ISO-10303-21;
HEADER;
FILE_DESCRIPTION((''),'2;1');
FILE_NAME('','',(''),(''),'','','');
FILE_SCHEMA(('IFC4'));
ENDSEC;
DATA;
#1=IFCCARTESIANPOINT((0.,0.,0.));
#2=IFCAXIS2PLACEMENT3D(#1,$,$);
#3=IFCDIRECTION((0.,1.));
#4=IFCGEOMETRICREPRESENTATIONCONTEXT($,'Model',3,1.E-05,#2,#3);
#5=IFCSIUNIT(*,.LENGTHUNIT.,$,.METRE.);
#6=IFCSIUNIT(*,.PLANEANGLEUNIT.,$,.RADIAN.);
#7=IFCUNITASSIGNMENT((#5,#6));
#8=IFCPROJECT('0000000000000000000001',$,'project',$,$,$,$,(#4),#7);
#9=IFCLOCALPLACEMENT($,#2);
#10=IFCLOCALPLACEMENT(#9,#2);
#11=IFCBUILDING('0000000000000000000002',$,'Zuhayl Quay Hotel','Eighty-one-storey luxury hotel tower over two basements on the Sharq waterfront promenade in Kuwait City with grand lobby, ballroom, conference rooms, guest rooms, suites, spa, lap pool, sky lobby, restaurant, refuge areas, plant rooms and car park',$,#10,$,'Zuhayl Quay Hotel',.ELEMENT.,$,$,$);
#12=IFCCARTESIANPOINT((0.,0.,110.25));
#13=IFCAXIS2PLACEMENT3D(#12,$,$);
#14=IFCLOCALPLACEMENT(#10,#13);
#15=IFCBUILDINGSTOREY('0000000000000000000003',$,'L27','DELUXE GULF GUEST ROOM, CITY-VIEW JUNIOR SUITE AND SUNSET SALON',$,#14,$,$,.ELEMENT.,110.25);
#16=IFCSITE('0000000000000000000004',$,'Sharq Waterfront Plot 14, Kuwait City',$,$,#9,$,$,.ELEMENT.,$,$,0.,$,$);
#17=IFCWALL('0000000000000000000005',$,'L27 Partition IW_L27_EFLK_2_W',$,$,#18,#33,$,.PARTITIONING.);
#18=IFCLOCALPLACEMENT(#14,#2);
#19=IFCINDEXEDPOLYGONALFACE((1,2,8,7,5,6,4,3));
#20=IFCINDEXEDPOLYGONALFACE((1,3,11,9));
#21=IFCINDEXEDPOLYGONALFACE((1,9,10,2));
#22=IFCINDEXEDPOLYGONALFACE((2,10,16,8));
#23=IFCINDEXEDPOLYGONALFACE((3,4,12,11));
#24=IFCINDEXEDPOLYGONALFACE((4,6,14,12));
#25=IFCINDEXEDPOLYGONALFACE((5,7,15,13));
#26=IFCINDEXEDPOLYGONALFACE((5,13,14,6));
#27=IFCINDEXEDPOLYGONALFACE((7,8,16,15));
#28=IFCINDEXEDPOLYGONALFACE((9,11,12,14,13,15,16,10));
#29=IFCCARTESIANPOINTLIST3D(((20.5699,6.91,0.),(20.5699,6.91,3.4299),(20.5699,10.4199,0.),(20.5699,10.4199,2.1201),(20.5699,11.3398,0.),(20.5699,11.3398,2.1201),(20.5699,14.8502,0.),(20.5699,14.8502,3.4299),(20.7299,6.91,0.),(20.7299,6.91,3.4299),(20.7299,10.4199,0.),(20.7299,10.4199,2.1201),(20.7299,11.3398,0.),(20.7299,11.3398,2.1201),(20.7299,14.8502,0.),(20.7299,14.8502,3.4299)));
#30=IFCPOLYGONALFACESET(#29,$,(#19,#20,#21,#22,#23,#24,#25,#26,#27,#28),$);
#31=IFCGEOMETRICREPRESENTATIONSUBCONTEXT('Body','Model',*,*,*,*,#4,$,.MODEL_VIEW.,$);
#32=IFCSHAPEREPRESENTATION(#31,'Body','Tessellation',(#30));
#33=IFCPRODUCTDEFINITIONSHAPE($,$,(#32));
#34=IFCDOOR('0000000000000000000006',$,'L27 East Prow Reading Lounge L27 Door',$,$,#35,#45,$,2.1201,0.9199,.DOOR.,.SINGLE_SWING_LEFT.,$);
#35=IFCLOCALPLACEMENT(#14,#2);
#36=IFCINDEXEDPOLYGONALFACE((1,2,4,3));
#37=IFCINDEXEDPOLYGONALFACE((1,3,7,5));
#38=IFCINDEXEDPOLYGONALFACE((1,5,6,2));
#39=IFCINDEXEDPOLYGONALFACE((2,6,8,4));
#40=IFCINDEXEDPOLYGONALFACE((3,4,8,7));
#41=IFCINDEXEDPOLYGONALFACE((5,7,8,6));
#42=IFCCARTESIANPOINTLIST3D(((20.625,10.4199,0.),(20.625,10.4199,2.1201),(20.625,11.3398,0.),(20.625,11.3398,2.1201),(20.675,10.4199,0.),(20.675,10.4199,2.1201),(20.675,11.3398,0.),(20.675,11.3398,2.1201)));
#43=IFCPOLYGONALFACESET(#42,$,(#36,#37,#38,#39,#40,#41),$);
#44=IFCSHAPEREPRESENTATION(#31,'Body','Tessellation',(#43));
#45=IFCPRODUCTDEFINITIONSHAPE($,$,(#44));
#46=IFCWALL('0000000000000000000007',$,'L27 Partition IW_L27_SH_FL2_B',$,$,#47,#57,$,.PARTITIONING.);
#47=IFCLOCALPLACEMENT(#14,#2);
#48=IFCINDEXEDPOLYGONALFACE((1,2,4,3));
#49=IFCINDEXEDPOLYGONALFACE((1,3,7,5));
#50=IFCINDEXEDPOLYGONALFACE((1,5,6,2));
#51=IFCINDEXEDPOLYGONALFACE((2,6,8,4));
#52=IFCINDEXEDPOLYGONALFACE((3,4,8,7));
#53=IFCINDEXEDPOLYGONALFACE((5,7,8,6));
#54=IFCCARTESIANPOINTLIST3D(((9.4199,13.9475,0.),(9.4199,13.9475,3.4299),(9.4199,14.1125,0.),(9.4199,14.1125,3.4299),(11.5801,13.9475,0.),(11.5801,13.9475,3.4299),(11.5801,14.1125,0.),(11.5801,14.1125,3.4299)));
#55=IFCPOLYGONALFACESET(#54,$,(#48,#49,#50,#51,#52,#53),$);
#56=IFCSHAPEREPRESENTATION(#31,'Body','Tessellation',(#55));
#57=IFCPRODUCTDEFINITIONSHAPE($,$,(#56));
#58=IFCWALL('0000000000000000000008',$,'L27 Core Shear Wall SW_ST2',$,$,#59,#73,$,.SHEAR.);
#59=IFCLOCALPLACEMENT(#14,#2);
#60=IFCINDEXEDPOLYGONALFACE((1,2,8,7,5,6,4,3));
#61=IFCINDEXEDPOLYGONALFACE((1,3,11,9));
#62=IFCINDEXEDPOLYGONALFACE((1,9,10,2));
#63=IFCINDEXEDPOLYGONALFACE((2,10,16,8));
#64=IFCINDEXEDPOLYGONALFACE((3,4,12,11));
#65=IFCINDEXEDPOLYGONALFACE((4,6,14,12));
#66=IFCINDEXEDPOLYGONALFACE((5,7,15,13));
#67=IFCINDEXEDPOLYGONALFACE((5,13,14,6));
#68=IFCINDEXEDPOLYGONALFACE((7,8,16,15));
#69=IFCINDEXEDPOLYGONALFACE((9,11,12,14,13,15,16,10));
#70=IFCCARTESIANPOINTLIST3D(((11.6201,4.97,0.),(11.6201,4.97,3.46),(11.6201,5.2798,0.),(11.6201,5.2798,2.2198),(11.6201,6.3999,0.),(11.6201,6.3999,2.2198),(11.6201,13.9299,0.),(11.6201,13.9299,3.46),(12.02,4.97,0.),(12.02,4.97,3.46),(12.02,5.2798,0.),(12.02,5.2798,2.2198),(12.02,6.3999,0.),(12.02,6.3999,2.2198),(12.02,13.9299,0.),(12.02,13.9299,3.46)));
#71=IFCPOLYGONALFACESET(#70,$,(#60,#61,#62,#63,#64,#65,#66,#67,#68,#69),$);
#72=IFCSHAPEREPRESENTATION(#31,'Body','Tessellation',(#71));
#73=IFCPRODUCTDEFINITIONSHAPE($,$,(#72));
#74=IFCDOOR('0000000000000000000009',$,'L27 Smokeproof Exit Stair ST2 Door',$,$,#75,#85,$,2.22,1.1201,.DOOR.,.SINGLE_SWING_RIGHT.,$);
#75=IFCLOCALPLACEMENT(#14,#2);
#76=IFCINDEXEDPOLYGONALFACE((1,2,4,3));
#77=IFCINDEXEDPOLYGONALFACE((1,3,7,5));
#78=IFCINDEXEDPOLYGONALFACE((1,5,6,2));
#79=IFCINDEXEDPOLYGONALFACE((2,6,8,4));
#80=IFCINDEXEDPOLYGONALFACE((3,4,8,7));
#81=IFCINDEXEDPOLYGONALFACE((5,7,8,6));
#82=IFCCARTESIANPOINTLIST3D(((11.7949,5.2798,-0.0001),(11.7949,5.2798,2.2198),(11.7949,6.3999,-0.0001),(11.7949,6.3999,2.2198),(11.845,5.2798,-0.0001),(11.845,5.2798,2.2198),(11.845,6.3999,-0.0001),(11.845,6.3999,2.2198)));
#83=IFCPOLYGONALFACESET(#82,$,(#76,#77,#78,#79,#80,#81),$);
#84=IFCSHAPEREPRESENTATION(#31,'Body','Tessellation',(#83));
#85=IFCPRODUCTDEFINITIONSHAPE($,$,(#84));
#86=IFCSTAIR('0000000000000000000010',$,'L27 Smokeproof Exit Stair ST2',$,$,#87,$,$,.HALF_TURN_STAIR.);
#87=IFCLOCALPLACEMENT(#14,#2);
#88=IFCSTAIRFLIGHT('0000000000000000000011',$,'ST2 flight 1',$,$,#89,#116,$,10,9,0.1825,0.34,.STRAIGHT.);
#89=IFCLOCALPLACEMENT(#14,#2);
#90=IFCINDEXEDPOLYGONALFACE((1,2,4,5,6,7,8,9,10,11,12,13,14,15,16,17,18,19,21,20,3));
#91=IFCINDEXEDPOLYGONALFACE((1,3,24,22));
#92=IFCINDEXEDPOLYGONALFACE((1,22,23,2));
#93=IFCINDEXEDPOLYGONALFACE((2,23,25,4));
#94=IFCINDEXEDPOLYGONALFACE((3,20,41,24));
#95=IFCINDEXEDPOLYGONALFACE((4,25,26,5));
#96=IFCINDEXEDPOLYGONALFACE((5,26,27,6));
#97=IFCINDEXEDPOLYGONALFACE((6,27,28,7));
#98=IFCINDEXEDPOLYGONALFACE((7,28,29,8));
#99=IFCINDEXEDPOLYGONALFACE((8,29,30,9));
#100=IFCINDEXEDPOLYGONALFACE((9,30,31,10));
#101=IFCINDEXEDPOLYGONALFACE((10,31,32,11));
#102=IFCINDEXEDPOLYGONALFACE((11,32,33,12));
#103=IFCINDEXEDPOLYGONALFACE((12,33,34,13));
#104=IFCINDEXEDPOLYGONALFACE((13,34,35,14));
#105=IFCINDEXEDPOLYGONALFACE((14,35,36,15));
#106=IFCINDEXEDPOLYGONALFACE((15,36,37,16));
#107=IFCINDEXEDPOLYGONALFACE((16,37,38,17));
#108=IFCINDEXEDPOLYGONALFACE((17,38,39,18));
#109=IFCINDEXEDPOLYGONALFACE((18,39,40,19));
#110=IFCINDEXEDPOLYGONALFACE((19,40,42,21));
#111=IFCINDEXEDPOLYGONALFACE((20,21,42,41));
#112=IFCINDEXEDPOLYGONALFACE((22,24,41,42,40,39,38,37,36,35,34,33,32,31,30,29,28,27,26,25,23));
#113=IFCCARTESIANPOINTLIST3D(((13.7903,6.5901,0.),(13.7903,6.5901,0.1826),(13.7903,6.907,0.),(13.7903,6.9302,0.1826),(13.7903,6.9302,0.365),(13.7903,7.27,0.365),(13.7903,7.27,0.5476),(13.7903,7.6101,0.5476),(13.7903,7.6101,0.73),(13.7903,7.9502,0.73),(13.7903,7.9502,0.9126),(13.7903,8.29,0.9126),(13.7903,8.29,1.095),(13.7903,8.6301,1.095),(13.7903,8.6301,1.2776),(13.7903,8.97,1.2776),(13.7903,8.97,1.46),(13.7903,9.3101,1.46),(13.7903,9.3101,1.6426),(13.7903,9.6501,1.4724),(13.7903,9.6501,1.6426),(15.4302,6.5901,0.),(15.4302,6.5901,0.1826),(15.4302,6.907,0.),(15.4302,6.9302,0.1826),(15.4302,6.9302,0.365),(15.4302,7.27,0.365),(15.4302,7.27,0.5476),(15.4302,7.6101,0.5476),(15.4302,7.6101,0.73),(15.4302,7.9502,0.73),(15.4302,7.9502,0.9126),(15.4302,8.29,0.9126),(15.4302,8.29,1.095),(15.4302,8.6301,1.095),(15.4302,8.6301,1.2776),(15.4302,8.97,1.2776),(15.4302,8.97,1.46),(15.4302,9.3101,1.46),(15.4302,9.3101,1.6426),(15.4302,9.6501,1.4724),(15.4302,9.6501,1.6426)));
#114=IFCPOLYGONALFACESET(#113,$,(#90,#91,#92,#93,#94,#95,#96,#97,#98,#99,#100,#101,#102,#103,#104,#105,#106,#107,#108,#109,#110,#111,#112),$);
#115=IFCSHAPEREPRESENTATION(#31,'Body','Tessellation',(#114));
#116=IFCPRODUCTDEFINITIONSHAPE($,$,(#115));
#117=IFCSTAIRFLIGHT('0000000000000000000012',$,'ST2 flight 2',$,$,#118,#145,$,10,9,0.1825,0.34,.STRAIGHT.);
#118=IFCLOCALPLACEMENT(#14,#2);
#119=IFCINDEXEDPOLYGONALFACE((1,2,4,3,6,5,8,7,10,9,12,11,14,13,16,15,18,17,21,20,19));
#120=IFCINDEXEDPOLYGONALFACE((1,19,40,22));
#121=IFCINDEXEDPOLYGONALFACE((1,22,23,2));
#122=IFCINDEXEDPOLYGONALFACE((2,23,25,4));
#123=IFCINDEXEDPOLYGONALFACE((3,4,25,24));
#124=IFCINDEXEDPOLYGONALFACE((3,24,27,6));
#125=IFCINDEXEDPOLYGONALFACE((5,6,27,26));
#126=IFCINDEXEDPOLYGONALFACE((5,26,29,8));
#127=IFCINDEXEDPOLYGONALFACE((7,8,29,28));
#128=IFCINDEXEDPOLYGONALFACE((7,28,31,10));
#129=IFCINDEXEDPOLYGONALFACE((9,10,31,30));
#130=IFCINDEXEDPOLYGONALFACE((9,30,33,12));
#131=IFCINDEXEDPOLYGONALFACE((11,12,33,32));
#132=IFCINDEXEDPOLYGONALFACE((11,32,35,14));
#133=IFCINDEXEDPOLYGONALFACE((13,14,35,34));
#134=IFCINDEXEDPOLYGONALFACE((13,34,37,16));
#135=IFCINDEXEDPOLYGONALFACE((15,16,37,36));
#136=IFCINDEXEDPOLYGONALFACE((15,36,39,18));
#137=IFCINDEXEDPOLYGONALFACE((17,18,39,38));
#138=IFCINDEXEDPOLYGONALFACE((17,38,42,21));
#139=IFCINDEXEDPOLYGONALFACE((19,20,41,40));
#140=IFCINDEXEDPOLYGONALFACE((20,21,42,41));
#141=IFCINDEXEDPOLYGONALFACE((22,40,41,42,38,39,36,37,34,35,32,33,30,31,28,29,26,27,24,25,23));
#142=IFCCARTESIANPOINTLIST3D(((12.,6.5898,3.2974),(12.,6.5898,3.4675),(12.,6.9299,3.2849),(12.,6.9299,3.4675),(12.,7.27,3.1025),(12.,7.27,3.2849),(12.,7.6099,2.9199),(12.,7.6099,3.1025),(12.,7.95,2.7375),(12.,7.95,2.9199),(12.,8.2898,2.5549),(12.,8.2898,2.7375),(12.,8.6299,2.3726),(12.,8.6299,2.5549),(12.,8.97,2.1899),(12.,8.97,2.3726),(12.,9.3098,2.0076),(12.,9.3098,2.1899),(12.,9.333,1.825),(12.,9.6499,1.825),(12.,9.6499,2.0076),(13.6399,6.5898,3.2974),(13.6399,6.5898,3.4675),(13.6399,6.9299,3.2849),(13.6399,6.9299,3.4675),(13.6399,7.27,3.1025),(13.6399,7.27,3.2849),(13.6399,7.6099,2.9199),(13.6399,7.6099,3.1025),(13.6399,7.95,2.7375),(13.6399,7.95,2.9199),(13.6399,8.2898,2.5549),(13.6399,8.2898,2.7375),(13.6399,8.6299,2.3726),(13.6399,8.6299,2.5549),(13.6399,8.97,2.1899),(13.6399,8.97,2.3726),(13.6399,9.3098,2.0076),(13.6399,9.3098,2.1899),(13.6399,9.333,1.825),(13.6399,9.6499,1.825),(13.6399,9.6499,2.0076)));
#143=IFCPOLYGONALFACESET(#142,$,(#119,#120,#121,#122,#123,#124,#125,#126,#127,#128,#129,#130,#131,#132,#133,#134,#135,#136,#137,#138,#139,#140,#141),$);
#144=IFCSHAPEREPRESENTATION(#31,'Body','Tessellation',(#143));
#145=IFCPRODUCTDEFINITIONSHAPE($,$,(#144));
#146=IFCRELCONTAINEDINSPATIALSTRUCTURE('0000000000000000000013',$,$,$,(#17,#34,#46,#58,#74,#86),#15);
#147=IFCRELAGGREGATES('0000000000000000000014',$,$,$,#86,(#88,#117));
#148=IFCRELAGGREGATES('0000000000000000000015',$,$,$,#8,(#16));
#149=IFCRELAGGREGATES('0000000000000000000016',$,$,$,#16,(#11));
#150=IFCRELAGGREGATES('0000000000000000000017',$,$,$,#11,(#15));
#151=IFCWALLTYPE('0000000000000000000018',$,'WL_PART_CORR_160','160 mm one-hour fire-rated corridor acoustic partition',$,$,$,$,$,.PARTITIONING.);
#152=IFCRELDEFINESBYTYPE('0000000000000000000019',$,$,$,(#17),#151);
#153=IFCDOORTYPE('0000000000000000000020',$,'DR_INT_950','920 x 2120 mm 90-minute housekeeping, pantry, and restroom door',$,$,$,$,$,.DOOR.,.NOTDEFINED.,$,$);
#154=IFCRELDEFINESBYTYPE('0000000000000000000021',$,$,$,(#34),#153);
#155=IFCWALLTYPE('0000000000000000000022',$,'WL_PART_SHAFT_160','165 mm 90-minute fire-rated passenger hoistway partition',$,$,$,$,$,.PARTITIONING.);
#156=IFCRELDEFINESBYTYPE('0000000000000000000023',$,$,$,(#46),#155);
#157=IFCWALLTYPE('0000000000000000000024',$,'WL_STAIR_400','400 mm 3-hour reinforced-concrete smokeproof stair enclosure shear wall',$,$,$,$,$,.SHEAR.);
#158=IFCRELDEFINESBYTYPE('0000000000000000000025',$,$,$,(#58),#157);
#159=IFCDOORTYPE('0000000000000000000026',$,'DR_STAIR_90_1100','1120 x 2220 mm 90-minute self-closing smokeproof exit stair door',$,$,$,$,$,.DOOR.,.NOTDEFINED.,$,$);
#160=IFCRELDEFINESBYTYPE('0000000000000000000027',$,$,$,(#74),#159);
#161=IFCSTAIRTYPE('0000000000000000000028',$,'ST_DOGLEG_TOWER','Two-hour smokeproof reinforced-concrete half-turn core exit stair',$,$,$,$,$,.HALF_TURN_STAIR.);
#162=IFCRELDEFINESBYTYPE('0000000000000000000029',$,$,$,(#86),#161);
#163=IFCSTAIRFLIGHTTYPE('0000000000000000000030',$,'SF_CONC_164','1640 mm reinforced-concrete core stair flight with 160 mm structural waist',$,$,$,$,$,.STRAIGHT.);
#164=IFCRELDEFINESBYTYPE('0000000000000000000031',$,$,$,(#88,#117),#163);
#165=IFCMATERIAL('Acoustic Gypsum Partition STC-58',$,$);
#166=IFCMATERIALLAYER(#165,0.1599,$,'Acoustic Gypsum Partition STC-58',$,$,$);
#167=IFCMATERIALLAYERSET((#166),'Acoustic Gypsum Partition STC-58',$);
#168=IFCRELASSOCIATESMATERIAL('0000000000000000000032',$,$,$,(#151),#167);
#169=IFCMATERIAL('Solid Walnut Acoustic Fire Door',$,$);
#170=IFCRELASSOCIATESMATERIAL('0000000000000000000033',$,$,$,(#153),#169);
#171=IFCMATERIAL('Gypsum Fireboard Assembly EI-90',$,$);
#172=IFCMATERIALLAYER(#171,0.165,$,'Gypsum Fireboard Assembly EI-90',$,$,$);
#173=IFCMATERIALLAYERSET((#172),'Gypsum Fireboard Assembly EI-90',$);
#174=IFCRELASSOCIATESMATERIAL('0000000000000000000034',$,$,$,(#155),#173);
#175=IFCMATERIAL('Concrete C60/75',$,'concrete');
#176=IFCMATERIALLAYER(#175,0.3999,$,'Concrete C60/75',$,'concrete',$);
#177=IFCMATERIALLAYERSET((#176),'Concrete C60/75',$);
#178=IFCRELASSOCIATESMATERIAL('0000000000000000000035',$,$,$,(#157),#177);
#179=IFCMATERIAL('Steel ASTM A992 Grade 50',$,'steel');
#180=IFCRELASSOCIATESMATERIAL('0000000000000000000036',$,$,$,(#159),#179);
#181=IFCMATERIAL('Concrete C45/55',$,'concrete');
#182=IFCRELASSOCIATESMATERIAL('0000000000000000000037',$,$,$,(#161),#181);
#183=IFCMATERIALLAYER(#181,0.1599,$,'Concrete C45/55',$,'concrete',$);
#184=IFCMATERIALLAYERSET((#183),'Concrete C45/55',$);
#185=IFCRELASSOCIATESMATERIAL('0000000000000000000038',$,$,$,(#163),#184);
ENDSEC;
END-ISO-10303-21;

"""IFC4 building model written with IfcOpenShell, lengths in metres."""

from ifc_helpers import new_model, si_unit, direction, frame, frame_2d, origin, place, context, subcontext, project, spatial, polyline, rectangle, outline, extrude, material, layer, layer_set, type_object, element, fill, aggregate, save


model = new_model("IFC4")

# Units and contexts
model_context = context("Model", 3, precision=1e-05, world=origin(), true_north=direction((0.0, 1.0)))
body_context = subcontext(model_context, "Body", "Model", "MODEL_VIEW")
ifc_project = project(units=[si_unit("LENGTHUNIT", "METRE"), si_unit("PLANEANGLEUNIT", "RADIAN")], contexts=[model_context])

# Site, building, storey
site_placement = place(None, origin())
site = spatial("IfcSite", under=ifc_project, at=site_placement, Name="Sharq Waterfront Plot 14, Kuwait City", CompositionType="ELEMENT", RefElevation=0.0)
building_placement = place(site_placement, origin())
building = spatial("IfcBuilding", under=site, at=building_placement, Name="Zuhayl Quay Hotel", Description="Eighty-one-storey luxury hotel tower over two basements on the Sharq waterfront promenade in Kuwait City with grand lobby, ballroom, conference rooms, guest rooms, suites, spa, lap pool, sky lobby, restaurant, refuge areas, plant rooms and car park", LongName="Zuhayl Quay Hotel", CompositionType="ELEMENT")
storey_placement = place(building_placement, frame((0.0, 0.0, 110.25)))
storey = spatial("IfcBuildingStorey", under=building, at=storey_placement, Name="L27", Description="DELUXE GULF GUEST ROOM, CITY-VIEW JUNIOR SUITE AND SUNSET SALON", CompositionType="ELEMENT", Elevation=110.25)

# Shared definitions
ifc_material_1 = material(Name="Steel ASTM A992 Grade 50", Category="steel")

# Shared definitions
ifc_material_2 = material(Name="Concrete C60/75", Category="concrete")

# Shared definitions
ifc_material_3 = material(Name="Acoustic Gypsum Partition STC-58")

# Wall, opening, door
ifc_layer_1 = layer(ifc_material_3, 0.1599, Name="Acoustic Gypsum Partition STC-58")
ifc_layer_set_1 = layer_set([ifc_layer_1], Name="Acoustic Gypsum Partition STC-58")
wall_type_1 = type_object("IfcWallType", Name="WL_PART_CORR_160", Description="160 mm one-hour fire-rated corridor acoustic partition", PredefinedType="PARTITIONING", material=ifc_layer_set_1)
ifc_material_4 = material(Name="Solid Walnut Acoustic Fire Door")
wall_1_placement = place(storey_placement, frame((20.6499, 6.9099, 0.0), z_axis=(0.0, 0.0, 1.0), x_axis=(0.0, 1.0, 0.0)))
wall_1 = element("IfcWall", 1, at=wall_1_placement, inside=storey, type_object=wall_type_1, Name="L27 Partition IW_L27_EFLK_2_W", PredefinedType="PARTITIONING", context=body_context, shape_type="SweptSolid", body=[
    extrude(rectangle(XDim=7.9402, YDim=0.1599, at=frame_2d((3.9702, 0.0))), origin(), (0.0, 0.0, 1.0), 3.4299),
])
opening_1_placement = place(wall_1_placement, frame((3.51, 0.0, 0.0)))
opening_1 = element("IfcOpeningElement", 2, at=opening_1_placement, cuts=wall_1, PredefinedType="OPENING", context=body_context, shape_type="SweptSolid", body=[
    extrude(rectangle(XDim=0.9199, YDim=2.1201, at=frame_2d((0.46, 1.0601))), frame((0.0, 0.0898, 0.0), z_axis=(0.0, -1.0, 0.0), x_axis=(1.0, 0.0, 0.0)), (0.0, 0.0, 1.0), 0.1799),
])
door_type_1 = type_object("IfcDoorType", Name="DR_INT_950", Description="920 x 2120 mm 90-minute housekeeping, pantry, and restroom door", OperationType="NOTDEFINED", PredefinedType="DOOR", material=ifc_material_4)
door_1_placement = place(opening_1_placement, origin())
door_1 = element("IfcDoor", 3, at=door_1_placement, inside=storey, type_object=door_type_1, Name="L27 East Prow Reading Lounge L27 Door", OperationType="SINGLE_SWING_LEFT", OverallHeight=2.1201, OverallWidth=0.9199, PredefinedType="DOOR", context=body_context, shape_type="SweptSolid", body=[
    extrude(rectangle(XDim=0.9199, YDim=2.1201, at=frame_2d((0.46, 1.0601))), frame((0.0, 0.0249, 0.0), z_axis=(0.0, -1.0, 0.0), x_axis=(1.0, 0.0, 0.0)), (0.0, 0.0, 1.0), 0.05),
])
fill(opening_1, door_1)

# Wall
ifc_material_5 = material(Name="Gypsum Fireboard Assembly EI-90")
ifc_layer_2 = layer(ifc_material_5, 0.165, Name="Gypsum Fireboard Assembly EI-90")
ifc_layer_set_2 = layer_set([ifc_layer_2], Name="Gypsum Fireboard Assembly EI-90")
wall_type_2 = type_object("IfcWallType", Name="WL_PART_SHAFT_160", Description="165 mm 90-minute fire-rated passenger hoistway partition", PredefinedType="PARTITIONING", material=ifc_layer_set_2)
wall_2_placement = place(storey_placement, frame((9.4199, 14.03, 0.0), z_axis=(0.0, 0.0, 1.0), x_axis=(1.0, 0.0, 0.0)))
element("IfcWall", 4, at=wall_2_placement, inside=storey, type_object=wall_type_2, Name="L27 Partition IW_L27_SH_FL2_B", PredefinedType="PARTITIONING", context=body_context, shape_type="SweptSolid", body=[
    extrude(rectangle(XDim=2.1602, YDim=0.165, at=frame_2d((1.0801, 0.0))), origin(), (0.0, 0.0, 1.0), 3.4299),
])

# Wall, opening, door
ifc_layer_3 = layer(ifc_material_2, 0.3999, Name="Concrete C60/75", Category="concrete")
ifc_layer_set_3 = layer_set([ifc_layer_3], Name="Concrete C60/75")
wall_type_3 = type_object("IfcWallType", Name="WL_STAIR_400", Description="400 mm 3-hour reinforced-concrete smokeproof stair enclosure shear wall", PredefinedType="SHEAR", material=ifc_layer_set_3)
wall_3_placement = place(storey_placement, frame((11.8201, 13.9299, 0.0), z_axis=(0.0, 0.0, 1.0), x_axis=(0.0, -1.0, 0.0)))
wall_3 = element("IfcWall", 5, at=wall_3_placement, inside=storey, type_object=wall_type_3, Name="L27 Core Shear Wall SW_ST2", PredefinedType="SHEAR", context=body_context, shape_type="SweptSolid", body=[
    extrude(rectangle(XDim=8.96, YDim=0.3999, at=frame_2d((4.48, 0.0))), origin(), (0.0, 0.0, 1.0), 3.46),
])
opening_2_placement = place(wall_3_placement, frame((7.53, 0.0, 0.0)))
opening_2 = element("IfcOpeningElement", 6, at=opening_2_placement, cuts=wall_3, PredefinedType="OPENING", context=body_context, shape_type="SweptSolid", body=[
    extrude(rectangle(XDim=1.1201, YDim=2.22, at=frame_2d((0.5601, 1.1099))), frame((0.0, 0.21, 0.0), z_axis=(0.0, -1.0, 0.0), x_axis=(1.0, 0.0, 0.0)), (0.0, 0.0, 1.0), 0.4199),
])
door_type_2 = type_object("IfcDoorType", Name="DR_STAIR_90_1100", Description="1120 x 2220 mm 90-minute self-closing smokeproof exit stair door", OperationType="NOTDEFINED", PredefinedType="DOOR", material=ifc_material_1)
door_2_placement = place(opening_2_placement, origin())
door_2 = element("IfcDoor", 7, at=door_2_placement, inside=storey, type_object=door_type_2, Name="L27 Smokeproof Exit Stair ST2 Door", OperationType="SINGLE_SWING_RIGHT", OverallHeight=2.22, OverallWidth=1.1201, PredefinedType="DOOR", context=body_context, shape_type="SweptSolid", body=[
    extrude(rectangle(XDim=1.1201, YDim=2.22, at=frame_2d((0.5601, 1.1099))), frame((0.0, 0.0249, 0.0), z_axis=(0.0, -1.0, 0.0), x_axis=(1.0, 0.0, 0.0)), (0.0, 0.0, 1.0), 0.05),
])
fill(opening_2, door_2)

# Stair, stair flights
ifc_material_6 = material(Name="Concrete C45/55", Category="concrete")
stair_type = type_object("IfcStairType", Name="ST_DOGLEG_TOWER", Description="Two-hour smokeproof reinforced-concrete half-turn core exit stair", PredefinedType="HALF_TURN_STAIR", material=ifc_material_6)
stair_placement = place(storey_placement, origin())
stair = element("IfcStair", 8, at=stair_placement, inside=storey, type_object=stair_type, Name="L27 Smokeproof Exit Stair ST2", PredefinedType="HALF_TURN_STAIR")
ifc_layer_4 = layer(ifc_material_6, 0.1599, Name="Concrete C45/55", Category="concrete")
ifc_layer_set_4 = layer_set([ifc_layer_4], Name="Concrete C45/55")
stair_flight_type = type_object("IfcStairFlightType", Name="SF_CONC_164", Description="1640 mm reinforced-concrete core stair flight with 160 mm structural waist", PredefinedType="STRAIGHT", material=ifc_layer_set_4)
stair_flight_1_placement = place(storey_placement, frame((14.6101, 6.5901, 0.0), z_axis=(0.0, 0.0, 1.0), x_axis=(0.0, 1.0, 0.0)))
stair_flight_1 = element("IfcStairFlight", 9, at=stair_flight_1_placement, type_object=stair_flight_type, Name="ST2 flight 1", NumberOfRisers=10, NumberOfTreads=9, PredefinedType="STRAIGHT", RiserHeight=0.1825, TreadLength=0.34, context=body_context, shape_type="SweptSolid", body=[
    extrude(outline(polyline([(0.0, 0.0), (0.0, 0.1826), (0.3401, 0.1826), (0.3401, 0.365), (0.6799, 0.365), (0.6799, 0.5476), (1.02, 0.5476), (1.02, 0.73), (1.3601, 0.73), (1.3601, 0.9126), (1.7, 0.9126), (1.7, 1.095), (2.04, 1.095), (2.04, 1.2776), (2.3799, 1.2776), (2.3799, 1.46), (2.72, 1.46), (2.72, 1.6426), (3.0601, 1.6426), (3.0601, 1.825), (3.0601, 1.4724), (0.3169, 0.0), (0.0, 0.0)])), frame((0.0, 0.8198, 0.0), z_axis=(0.0, -1.0, 0.0), x_axis=(1.0, 0.0, 0.0)), (0.0, 0.0, 1.0), 1.6399),
])
stair_flight_2_placement = place(storey_placement, frame((12.8201, 9.6499, 1.825), z_axis=(0.0, 0.0, 1.0), x_axis=(0.0, -1.0, 0.0)))
stair_flight_2 = element("IfcStairFlight", 10, at=stair_flight_2_placement, type_object=stair_flight_type, Name="ST2 flight 2", NumberOfRisers=10, NumberOfTreads=9, PredefinedType="STRAIGHT", RiserHeight=0.1825, TreadLength=0.34, context=body_context, shape_type="SweptSolid", body=[
    extrude(outline(polyline([(0.0, 0.0), (0.0, 0.1826), (0.3401, 0.1826), (0.3401, 0.365), (0.6799, 0.365), (0.6799, 0.5476), (1.02, 0.5476), (1.02, 0.73), (1.3601, 0.73), (1.3601, 0.9126), (1.7, 0.9126), (1.7, 1.095), (2.04, 1.095), (2.04, 1.2776), (2.3799, 1.2776), (2.3799, 1.46), (2.72, 1.46), (2.72, 1.6426), (3.0601, 1.6426), (3.0601, 1.825), (3.0601, 1.4724), (0.3169, 0.0), (0.0, 0.0)])), frame((0.0, 0.8198, 0.0), z_axis=(0.0, -1.0, 0.0), x_axis=(1.0, 0.0, 0.0)), (0.0, 0.0, 1.0), 1.6399),
])
aggregate(stair, [stair_flight_1, stair_flight_2])

save(model, "model.ifc")
